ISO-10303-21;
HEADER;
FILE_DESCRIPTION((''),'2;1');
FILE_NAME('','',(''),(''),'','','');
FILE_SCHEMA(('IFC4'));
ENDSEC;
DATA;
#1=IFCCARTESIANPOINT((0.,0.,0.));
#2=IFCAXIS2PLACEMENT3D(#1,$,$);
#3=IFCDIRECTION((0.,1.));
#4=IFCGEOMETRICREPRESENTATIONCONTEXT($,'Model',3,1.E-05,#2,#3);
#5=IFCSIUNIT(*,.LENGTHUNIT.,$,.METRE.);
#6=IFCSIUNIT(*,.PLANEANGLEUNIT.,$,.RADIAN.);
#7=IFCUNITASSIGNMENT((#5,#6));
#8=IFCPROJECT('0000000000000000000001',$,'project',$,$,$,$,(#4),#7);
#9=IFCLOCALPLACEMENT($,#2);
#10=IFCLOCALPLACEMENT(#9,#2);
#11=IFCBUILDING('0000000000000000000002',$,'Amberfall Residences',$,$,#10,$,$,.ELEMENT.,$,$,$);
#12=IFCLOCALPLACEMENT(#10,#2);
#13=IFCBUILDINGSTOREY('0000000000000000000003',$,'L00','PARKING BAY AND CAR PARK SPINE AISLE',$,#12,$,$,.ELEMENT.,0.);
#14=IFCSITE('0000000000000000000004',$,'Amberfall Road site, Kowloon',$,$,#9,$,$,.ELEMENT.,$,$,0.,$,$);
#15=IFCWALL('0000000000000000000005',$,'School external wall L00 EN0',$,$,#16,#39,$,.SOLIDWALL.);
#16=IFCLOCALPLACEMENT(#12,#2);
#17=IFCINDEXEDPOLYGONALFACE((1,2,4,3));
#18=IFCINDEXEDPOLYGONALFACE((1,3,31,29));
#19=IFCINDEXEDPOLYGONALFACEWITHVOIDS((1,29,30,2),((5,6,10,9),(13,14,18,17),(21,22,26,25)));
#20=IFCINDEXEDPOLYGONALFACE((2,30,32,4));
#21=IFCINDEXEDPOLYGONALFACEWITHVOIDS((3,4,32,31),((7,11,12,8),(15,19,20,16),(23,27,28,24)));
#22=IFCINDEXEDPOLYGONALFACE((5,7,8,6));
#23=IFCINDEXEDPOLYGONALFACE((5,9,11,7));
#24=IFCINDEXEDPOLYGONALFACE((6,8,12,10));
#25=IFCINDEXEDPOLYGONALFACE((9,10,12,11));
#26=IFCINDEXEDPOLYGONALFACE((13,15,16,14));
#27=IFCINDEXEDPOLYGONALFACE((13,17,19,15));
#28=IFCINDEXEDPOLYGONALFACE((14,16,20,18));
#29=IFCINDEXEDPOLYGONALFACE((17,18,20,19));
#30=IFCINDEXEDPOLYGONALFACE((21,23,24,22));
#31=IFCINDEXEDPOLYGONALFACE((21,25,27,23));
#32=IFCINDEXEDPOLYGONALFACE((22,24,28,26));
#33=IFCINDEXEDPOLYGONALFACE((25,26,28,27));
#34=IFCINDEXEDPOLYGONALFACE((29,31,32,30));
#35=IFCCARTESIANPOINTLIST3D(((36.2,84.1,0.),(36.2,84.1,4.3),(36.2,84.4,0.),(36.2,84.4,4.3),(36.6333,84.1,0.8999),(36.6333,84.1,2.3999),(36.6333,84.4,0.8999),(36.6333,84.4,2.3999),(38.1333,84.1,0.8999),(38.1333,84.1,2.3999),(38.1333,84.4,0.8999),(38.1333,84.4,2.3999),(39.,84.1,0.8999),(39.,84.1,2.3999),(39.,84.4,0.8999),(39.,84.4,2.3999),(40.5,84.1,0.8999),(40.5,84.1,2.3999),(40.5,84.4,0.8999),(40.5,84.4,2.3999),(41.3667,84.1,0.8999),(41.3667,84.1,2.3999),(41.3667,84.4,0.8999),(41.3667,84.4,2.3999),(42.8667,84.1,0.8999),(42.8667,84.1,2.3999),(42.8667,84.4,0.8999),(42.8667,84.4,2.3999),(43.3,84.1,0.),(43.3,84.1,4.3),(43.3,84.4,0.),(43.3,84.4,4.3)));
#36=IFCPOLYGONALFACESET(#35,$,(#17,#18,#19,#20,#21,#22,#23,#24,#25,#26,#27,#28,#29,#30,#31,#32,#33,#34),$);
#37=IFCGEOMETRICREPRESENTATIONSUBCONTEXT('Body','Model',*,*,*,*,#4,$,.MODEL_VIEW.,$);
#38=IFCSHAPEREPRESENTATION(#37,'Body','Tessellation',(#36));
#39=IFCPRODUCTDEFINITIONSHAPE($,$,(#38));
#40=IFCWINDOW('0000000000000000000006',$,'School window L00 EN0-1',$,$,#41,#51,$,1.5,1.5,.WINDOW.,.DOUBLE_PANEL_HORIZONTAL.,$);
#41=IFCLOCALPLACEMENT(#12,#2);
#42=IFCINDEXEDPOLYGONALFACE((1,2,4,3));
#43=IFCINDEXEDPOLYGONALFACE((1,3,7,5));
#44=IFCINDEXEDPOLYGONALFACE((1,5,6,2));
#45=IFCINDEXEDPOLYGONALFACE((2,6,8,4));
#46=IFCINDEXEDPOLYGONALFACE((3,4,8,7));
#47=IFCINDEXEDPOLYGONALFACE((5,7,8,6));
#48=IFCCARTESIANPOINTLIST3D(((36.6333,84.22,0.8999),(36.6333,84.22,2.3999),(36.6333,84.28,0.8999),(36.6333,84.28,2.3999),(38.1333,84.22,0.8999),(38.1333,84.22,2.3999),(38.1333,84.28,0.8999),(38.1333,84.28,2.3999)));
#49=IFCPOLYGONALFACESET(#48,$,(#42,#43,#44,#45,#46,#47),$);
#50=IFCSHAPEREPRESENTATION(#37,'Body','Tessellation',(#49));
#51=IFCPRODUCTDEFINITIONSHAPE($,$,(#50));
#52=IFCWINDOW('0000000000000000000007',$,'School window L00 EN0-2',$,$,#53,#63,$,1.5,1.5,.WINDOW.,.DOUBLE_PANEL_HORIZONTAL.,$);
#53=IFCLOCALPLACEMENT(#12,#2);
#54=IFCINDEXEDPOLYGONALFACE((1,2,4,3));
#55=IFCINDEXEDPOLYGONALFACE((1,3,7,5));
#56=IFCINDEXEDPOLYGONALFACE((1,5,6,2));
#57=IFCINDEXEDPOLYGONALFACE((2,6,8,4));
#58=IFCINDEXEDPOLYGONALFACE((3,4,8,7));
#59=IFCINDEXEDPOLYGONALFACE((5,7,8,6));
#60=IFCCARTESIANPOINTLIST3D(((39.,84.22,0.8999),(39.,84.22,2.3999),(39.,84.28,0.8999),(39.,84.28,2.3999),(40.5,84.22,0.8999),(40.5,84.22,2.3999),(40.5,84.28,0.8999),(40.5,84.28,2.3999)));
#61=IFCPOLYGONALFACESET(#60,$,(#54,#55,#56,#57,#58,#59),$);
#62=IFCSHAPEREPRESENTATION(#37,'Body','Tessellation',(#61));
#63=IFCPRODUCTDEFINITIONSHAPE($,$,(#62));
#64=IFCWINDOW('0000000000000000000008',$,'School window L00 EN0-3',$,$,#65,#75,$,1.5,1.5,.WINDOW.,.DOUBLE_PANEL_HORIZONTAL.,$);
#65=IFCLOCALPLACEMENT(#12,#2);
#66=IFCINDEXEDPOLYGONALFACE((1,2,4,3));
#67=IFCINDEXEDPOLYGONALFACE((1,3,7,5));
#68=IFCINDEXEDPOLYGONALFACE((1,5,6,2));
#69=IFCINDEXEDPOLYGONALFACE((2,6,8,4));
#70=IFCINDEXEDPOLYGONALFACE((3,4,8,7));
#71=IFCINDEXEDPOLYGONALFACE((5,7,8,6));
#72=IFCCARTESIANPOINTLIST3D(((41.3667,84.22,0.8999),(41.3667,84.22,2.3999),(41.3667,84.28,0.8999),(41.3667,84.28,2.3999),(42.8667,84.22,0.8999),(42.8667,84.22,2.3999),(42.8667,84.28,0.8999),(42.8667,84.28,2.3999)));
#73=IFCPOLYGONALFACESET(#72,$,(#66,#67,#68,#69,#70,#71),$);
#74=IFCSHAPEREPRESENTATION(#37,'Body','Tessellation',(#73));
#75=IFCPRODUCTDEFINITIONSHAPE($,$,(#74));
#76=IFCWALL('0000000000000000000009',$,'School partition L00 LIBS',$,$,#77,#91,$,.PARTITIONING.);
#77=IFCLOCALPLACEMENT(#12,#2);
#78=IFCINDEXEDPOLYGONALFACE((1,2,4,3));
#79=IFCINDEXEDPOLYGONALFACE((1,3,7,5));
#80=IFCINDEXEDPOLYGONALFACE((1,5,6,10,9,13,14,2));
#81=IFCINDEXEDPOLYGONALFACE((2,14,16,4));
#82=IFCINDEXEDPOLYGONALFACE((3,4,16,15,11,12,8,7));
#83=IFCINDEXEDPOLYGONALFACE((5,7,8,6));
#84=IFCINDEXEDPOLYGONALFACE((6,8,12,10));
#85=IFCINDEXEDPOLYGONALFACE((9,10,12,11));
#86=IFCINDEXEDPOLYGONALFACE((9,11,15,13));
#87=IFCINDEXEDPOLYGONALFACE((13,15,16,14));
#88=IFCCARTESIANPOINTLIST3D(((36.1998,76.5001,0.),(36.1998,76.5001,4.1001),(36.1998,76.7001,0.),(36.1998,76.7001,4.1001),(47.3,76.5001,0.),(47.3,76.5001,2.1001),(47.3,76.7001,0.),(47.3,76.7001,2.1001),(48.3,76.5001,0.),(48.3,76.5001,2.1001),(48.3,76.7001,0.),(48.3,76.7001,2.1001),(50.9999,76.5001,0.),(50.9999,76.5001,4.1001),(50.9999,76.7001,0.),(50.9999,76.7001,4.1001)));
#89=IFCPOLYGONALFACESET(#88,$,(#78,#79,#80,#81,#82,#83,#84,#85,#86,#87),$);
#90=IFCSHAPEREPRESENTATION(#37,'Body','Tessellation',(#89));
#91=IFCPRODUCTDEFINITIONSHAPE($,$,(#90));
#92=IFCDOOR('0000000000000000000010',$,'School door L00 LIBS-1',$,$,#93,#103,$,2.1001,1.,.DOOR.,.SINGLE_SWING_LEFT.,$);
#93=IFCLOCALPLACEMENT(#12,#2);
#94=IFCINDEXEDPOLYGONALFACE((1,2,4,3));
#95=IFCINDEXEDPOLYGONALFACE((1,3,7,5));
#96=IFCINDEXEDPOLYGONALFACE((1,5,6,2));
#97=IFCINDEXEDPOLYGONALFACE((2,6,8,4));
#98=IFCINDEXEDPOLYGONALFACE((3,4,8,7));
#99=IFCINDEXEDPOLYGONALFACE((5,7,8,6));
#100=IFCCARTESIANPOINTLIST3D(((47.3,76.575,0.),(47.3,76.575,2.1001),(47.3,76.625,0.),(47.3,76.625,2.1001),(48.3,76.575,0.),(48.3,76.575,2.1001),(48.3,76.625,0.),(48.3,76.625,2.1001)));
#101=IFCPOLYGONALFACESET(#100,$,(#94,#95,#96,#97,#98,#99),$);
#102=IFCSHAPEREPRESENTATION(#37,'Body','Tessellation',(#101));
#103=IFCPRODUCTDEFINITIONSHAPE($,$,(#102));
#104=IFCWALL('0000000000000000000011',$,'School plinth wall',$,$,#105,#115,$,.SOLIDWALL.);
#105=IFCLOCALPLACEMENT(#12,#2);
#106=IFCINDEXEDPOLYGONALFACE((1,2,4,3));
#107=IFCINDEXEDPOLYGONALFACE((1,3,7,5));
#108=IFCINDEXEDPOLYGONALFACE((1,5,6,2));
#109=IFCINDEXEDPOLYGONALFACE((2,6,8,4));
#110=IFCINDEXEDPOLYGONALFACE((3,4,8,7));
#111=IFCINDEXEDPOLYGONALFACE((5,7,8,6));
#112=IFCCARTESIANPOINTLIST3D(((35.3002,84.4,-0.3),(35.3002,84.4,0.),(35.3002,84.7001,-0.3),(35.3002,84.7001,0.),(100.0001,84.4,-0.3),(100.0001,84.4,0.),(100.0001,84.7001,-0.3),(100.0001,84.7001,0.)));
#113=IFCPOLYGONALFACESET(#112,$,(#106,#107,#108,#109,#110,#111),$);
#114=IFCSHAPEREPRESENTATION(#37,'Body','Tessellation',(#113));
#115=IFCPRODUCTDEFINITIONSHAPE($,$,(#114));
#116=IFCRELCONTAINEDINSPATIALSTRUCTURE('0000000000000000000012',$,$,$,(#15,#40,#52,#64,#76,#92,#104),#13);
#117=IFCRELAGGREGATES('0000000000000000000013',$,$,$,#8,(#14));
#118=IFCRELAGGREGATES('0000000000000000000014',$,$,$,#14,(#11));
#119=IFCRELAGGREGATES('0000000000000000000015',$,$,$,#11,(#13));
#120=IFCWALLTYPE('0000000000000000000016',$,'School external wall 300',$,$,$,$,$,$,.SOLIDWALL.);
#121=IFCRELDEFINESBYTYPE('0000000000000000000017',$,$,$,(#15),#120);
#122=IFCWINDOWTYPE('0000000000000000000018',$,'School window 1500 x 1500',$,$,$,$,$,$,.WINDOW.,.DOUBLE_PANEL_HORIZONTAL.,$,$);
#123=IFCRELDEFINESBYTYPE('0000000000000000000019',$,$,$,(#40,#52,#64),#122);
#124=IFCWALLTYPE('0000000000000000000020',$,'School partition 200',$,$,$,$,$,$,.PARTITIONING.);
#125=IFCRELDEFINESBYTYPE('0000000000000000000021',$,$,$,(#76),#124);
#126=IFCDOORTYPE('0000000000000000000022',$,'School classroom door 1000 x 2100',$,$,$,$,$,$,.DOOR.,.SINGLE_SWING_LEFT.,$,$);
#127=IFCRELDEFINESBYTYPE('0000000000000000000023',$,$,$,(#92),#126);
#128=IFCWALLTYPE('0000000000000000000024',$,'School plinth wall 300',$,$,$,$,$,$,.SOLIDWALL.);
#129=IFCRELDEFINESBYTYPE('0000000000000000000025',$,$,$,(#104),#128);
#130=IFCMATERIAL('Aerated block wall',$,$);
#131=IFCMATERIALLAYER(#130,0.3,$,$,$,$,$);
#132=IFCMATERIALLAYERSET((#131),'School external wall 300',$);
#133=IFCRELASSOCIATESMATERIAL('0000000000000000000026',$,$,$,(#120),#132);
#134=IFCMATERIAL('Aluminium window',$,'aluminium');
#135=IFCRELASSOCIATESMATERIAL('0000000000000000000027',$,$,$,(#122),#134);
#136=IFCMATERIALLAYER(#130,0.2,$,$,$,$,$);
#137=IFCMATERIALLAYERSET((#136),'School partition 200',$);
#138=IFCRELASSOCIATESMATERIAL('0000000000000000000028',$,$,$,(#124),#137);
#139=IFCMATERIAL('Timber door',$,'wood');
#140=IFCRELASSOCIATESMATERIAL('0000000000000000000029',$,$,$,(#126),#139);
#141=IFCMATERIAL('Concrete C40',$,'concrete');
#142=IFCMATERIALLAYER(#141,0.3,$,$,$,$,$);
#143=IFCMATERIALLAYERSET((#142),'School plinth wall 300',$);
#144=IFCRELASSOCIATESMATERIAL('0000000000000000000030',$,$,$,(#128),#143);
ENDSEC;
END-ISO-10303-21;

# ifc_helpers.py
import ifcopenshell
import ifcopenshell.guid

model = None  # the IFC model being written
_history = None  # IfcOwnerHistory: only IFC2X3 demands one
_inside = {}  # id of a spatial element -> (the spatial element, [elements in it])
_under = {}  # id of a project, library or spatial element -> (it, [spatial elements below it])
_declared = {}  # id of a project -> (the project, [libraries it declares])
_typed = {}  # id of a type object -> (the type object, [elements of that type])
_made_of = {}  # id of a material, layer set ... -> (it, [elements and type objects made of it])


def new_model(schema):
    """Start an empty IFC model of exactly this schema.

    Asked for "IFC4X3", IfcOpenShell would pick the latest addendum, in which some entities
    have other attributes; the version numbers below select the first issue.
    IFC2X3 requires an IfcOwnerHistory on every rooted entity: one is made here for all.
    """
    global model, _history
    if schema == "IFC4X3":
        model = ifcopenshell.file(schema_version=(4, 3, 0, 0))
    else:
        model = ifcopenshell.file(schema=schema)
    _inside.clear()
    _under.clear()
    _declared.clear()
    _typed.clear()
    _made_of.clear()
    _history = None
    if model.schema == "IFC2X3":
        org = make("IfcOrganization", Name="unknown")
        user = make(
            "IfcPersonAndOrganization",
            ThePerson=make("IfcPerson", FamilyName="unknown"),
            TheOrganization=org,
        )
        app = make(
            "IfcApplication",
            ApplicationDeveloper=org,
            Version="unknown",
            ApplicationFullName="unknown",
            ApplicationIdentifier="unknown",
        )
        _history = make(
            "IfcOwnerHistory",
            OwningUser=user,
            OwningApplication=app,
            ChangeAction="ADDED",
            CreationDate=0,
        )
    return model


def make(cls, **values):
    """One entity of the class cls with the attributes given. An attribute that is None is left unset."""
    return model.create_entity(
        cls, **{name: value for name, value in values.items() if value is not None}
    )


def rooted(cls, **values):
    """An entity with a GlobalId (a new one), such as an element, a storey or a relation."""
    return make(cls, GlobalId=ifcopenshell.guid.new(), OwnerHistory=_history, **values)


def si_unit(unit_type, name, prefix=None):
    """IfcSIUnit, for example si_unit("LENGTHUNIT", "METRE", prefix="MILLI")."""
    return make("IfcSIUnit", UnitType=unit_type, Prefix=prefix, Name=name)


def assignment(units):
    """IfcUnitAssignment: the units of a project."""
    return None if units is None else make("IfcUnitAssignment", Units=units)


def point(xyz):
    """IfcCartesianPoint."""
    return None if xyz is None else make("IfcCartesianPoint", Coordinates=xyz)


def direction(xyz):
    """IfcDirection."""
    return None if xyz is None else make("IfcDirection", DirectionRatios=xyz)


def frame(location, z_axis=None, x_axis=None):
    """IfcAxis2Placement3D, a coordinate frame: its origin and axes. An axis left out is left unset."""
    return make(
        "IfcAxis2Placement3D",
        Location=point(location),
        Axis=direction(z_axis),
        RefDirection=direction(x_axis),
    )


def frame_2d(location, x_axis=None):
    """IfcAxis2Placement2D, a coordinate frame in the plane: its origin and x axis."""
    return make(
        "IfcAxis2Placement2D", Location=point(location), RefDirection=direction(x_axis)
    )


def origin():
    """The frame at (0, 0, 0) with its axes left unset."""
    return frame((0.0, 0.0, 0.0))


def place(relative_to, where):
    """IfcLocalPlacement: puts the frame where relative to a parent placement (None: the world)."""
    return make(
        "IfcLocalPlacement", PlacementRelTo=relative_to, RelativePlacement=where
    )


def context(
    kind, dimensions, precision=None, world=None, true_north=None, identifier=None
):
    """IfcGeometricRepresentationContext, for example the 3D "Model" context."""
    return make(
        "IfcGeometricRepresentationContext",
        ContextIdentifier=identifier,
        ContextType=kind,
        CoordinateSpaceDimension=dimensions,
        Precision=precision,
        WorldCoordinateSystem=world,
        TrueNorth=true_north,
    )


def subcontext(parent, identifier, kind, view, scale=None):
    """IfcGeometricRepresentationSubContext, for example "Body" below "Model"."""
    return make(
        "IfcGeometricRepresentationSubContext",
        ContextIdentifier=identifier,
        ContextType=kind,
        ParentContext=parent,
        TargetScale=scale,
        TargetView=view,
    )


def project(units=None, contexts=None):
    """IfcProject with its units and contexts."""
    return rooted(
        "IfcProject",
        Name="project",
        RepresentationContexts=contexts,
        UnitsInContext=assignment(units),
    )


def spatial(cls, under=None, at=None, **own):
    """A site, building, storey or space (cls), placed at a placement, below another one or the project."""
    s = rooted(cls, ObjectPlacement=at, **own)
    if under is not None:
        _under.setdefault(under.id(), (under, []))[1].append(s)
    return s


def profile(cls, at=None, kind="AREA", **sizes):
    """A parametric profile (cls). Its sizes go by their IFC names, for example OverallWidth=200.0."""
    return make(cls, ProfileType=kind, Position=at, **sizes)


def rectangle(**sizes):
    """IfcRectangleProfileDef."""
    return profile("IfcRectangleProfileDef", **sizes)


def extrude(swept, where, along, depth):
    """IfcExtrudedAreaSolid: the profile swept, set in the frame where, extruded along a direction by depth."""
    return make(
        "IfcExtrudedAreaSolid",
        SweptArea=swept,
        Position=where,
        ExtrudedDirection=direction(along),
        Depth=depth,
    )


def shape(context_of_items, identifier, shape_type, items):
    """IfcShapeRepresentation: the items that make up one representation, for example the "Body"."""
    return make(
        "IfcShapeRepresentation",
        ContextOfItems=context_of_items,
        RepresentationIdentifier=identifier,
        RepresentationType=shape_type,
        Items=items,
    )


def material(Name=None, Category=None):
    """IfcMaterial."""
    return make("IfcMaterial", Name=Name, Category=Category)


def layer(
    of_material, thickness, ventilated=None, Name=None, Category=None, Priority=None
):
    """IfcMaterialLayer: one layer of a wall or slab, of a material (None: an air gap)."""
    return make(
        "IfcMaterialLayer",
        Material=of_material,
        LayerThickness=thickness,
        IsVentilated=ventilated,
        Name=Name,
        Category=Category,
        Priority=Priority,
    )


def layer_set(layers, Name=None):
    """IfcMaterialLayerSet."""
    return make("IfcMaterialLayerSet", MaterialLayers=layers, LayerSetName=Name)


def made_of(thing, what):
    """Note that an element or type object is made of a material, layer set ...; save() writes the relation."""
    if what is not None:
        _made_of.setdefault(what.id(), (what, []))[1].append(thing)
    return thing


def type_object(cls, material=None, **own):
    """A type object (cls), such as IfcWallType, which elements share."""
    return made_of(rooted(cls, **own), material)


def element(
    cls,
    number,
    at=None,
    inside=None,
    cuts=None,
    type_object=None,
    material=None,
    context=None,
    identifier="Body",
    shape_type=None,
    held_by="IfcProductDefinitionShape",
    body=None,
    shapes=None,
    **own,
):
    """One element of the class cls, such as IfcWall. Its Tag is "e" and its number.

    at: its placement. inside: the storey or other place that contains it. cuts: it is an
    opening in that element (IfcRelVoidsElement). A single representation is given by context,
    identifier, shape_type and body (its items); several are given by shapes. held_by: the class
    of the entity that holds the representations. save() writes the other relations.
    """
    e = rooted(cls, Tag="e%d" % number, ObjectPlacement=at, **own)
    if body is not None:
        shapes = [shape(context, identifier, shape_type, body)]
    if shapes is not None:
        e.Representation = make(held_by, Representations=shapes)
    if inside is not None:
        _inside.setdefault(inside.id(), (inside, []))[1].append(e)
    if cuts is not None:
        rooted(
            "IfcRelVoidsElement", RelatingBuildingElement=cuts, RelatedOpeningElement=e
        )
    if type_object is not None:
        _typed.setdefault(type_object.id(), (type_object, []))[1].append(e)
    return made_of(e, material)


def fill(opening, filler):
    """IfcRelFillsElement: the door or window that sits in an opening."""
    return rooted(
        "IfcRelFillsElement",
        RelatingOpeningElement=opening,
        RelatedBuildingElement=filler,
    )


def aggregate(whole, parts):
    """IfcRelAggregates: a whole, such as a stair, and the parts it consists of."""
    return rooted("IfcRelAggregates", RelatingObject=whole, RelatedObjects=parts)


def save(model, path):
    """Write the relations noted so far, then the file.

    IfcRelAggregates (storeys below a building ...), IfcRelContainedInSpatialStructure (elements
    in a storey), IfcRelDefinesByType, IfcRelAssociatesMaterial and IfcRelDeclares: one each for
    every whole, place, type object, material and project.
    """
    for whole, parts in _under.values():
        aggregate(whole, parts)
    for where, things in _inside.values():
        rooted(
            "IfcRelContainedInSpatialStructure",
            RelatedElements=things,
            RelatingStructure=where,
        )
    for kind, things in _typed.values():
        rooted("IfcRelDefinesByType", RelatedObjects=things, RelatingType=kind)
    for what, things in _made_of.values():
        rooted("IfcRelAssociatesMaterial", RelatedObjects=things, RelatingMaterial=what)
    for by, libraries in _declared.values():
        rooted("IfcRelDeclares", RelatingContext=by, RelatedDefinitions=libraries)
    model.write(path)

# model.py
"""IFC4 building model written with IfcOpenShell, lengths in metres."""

from ifc_helpers import new_model, si_unit, direction, frame, frame_2d, origin, place, context, subcontext, project, spatial, rectangle, extrude, material, layer, layer_set, type_object, element, fill, save


model = new_model("IFC4")

# Units and contexts
model_context = context("Model", 3, precision=1e-05, world=origin(), true_north=direction((0.0, 1.0)))
body_context = subcontext(model_context, "Body", "Model", "MODEL_VIEW")
ifc_project = project(units=[si_unit("LENGTHUNIT", "METRE"), si_unit("PLANEANGLEUNIT", "RADIAN")], contexts=[model_context])

# Site, building, storey
site_placement = place(None, origin())
site = spatial("IfcSite", under=ifc_project, at=site_placement, Name="Amberfall Road site, Kowloon", CompositionType="ELEMENT", RefElevation=0.0)
building_placement = place(site_placement, origin())
building = spatial("IfcBuilding", under=site, at=building_placement, Name="Amberfall Residences", CompositionType="ELEMENT")
storey_placement = place(building_placement, origin())
storey = spatial("IfcBuildingStorey", under=building, at=storey_placement, Name="L00", Description="PARKING BAY AND CAR PARK SPINE AISLE", CompositionType="ELEMENT", Elevation=0.0)

# Wall, openings, windows
ifc_material_1 = material(Name="Aerated block wall")
ifc_layer_1 = layer(ifc_material_1, 0.3)
ifc_layer_set_1 = layer_set([ifc_layer_1], Name="School external wall 300")
wall_type_1 = type_object("IfcWallType", Name="School external wall 300", PredefinedType="SOLIDWALL", material=ifc_layer_set_1)
ifc_material_2 = material(Name="Aluminium window", Category="aluminium")
window_type = type_object("IfcWindowType", Name="School window 1500 x 1500", PartitioningType="DOUBLE_PANEL_HORIZONTAL", PredefinedType="WINDOW", material=ifc_material_2)
wall_1_placement = place(storey_placement, frame((36.2, 84.25, 0.0), z_axis=(0.0, 0.0, 1.0), x_axis=(1.0, 0.0, 0.0)))
wall_1 = element("IfcWall", 1, at=wall_1_placement, inside=storey, type_object=wall_type_1, Name="School external wall L00 EN0", PredefinedType="SOLIDWALL", context=body_context, shape_type="SweptSolid", body=[
    extrude(rectangle(XDim=7.1001, YDim=0.3, at=frame_2d((3.55, 0.0))), origin(), (0.0, 0.0, 1.0), 4.3),
])
opening_1_placement = place(wall_1_placement, frame((0.4333, 0.0, 0.8999)))
opening_1 = element("IfcOpeningElement", 2, at=opening_1_placement, cuts=wall_1, PredefinedType="OPENING", context=body_context, shape_type="SweptSolid", body=[
    extrude(rectangle(XDim=1.5, YDim=1.5, at=frame_2d((0.75, 0.75))), frame((0.0, 0.1599, 0.0), z_axis=(0.0, -1.0, 0.0), x_axis=(1.0, 0.0, 0.0)), (0.0, 0.0, 1.0), 0.3201),
])
opening_2_placement = place(wall_1_placement, frame((2.8, 0.0, 0.8999)))
opening_2 = element("IfcOpeningElement", 3, at=opening_2_placement, cuts=wall_1, PredefinedType="OPENING", context=body_context, shape_type="SweptSolid", body=[
    extrude(rectangle(XDim=1.5, YDim=1.5, at=frame_2d((0.75, 0.75))), frame((0.0, 0.1599, 0.0), z_axis=(0.0, -1.0, 0.0), x_axis=(1.0, 0.0, 0.0)), (0.0, 0.0, 1.0), 0.3201),
])
opening_3_placement = place(wall_1_placement, frame((5.1667, 0.0, 0.8999)))
opening_3 = element("IfcOpeningElement", 4, at=opening_3_placement, cuts=wall_1, PredefinedType="OPENING", context=body_context, shape_type="SweptSolid", body=[
    extrude(rectangle(XDim=1.5, YDim=1.5, at=frame_2d((0.75, 0.75))), frame((0.0, 0.1599, 0.0), z_axis=(0.0, -1.0, 0.0), x_axis=(1.0, 0.0, 0.0)), (0.0, 0.0, 1.0), 0.3201),
])
window_1_placement = place(opening_1_placement, origin())
window_1 = element("IfcWindow", 5, at=window_1_placement, inside=storey, type_object=window_type, Name="School window L00 EN0-1", OverallHeight=1.5, OverallWidth=1.5, PartitioningType="DOUBLE_PANEL_HORIZONTAL", PredefinedType="WINDOW", context=body_context, shape_type="SweptSolid", body=[
    extrude(rectangle(XDim=1.5, YDim=1.5, at=frame_2d((0.75, 0.75))), frame((0.0, 0.03, 0.0), z_axis=(0.0, -1.0, 0.0), x_axis=(1.0, 0.0, 0.0)), (0.0, 0.0, 1.0), 0.0601),
])
fill(opening_1, window_1)
window_2_placement = place(opening_2_placement, origin())
window_2 = element("IfcWindow", 6, at=window_2_placement, inside=storey, type_object=window_type, Name="School window L00 EN0-2", OverallHeight=1.5, OverallWidth=1.5, PartitioningType="DOUBLE_PANEL_HORIZONTAL", PredefinedType="WINDOW", context=body_context, shape_type="SweptSolid", body=[
    extrude(rectangle(XDim=1.5, YDim=1.5, at=frame_2d((0.75, 0.75))), frame((0.0, 0.03, 0.0), z_axis=(0.0, -1.0, 0.0), x_axis=(1.0, 0.0, 0.0)), (0.0, 0.0, 1.0), 0.0601),
])
fill(opening_2, window_2)
window_3_placement = place(opening_3_placement, origin())
window_3 = element("IfcWindow", 7, at=window_3_placement, inside=storey, type_object=window_type, Name="School window L00 EN0-3", OverallHeight=1.5, OverallWidth=1.5, PartitioningType="DOUBLE_PANEL_HORIZONTAL", PredefinedType="WINDOW", context=body_context, shape_type="SweptSolid", body=[
    extrude(rectangle(XDim=1.5, YDim=1.5, at=frame_2d((0.75, 0.75))), frame((0.0, 0.03, 0.0), z_axis=(0.0, -1.0, 0.0), x_axis=(1.0, 0.0, 0.0)), (0.0, 0.0, 1.0), 0.0601),
])
fill(opening_3, window_3)

# Wall, opening, door
ifc_layer_2 = layer(ifc_material_1, 0.2)
ifc_layer_set_2 = layer_set([ifc_layer_2], Name="School partition 200")
wall_type_2 = type_object("IfcWallType", Name="School partition 200", PredefinedType="PARTITIONING", material=ifc_layer_set_2)
wall_2_placement = place(storey_placement, frame((36.2, 76.6001, 0.0), z_axis=(0.0, 0.0, 1.0), x_axis=(1.0, 0.0, 0.0)))
wall_2 = element("IfcWall", 8, at=wall_2_placement, inside=storey, type_object=wall_type_2, Name="School partition L00 LIBS", PredefinedType="PARTITIONING", context=body_context, shape_type="SweptSolid", body=[
    extrude(rectangle(XDim=14.8, YDim=0.2, at=frame_2d((7.3999, 0.0))), origin(), (0.0, 0.0, 1.0), 4.1001),
])
opening_4_placement = place(wall_2_placement, frame((11.1001, 0.0, 0.0)))
opening_4 = element("IfcOpeningElement", 9, at=opening_4_placement, cuts=wall_2, PredefinedType="OPENING", context=body_context, shape_type="SweptSolid", body=[
    extrude(rectangle(XDim=1.0, YDim=2.1001, at=frame_2d((0.5, 1.05))), frame((0.0, 0.1099, 0.0), z_axis=(0.0, -1.0, 0.0), x_axis=(1.0, 0.0, 0.0)), (0.0, 0.0, 1.0), 0.22),
])
ifc_material_3 = material(Name="Timber door", Category="wood")
door_type = type_object("IfcDoorType", Name="School classroom door 1000 x 2100", OperationType="SINGLE_SWING_LEFT", PredefinedType="DOOR", material=ifc_material_3)
door_placement = place(opening_4_placement, origin())
door = element("IfcDoor", 10, at=door_placement, inside=storey, type_object=door_type, Name="School door L00 LIBS-1", OperationType="SINGLE_SWING_LEFT", OverallHeight=2.1001, OverallWidth=1.0, PredefinedType="DOOR", context=body_context, shape_type="SweptSolid", body=[
    extrude(rectangle(XDim=1.0, YDim=2.1001, at=frame_2d((0.5, 1.05))), frame((0.0, 0.0249, 0.0), z_axis=(0.0, -1.0, 0.0), x_axis=(1.0, 0.0, 0.0)), (0.0, 0.0, 1.0), 0.05),
])
fill(opening_4, door)

# Wall
ifc_material_4 = material(Name="Concrete C40", Category="concrete")
ifc_layer_3 = layer(ifc_material_4, 0.3)
ifc_layer_set_3 = layer_set([ifc_layer_3], Name="School plinth wall 300")
wall_type_3 = type_object("IfcWallType", Name="School plinth wall 300", PredefinedType="SOLIDWALL", material=ifc_layer_set_3)
wall_3_placement = place(storey_placement, frame((35.3, 84.55, -0.3), z_axis=(0.0, 0.0, 1.0), x_axis=(1.0, 0.0, 0.0)))
element("IfcWall", 11, at=wall_3_placement, inside=storey, type_object=wall_type_3, Name="School plinth wall", PredefinedType="SOLIDWALL", context=body_context, shape_type="SweptSolid", body=[
    extrude(rectangle(XDim=64.7, YDim=0.3, at=frame_2d((32.3501, 0.0))), origin(), (0.0, 0.0, 1.0), 0.3),
])

save(model, "model.ifc")
